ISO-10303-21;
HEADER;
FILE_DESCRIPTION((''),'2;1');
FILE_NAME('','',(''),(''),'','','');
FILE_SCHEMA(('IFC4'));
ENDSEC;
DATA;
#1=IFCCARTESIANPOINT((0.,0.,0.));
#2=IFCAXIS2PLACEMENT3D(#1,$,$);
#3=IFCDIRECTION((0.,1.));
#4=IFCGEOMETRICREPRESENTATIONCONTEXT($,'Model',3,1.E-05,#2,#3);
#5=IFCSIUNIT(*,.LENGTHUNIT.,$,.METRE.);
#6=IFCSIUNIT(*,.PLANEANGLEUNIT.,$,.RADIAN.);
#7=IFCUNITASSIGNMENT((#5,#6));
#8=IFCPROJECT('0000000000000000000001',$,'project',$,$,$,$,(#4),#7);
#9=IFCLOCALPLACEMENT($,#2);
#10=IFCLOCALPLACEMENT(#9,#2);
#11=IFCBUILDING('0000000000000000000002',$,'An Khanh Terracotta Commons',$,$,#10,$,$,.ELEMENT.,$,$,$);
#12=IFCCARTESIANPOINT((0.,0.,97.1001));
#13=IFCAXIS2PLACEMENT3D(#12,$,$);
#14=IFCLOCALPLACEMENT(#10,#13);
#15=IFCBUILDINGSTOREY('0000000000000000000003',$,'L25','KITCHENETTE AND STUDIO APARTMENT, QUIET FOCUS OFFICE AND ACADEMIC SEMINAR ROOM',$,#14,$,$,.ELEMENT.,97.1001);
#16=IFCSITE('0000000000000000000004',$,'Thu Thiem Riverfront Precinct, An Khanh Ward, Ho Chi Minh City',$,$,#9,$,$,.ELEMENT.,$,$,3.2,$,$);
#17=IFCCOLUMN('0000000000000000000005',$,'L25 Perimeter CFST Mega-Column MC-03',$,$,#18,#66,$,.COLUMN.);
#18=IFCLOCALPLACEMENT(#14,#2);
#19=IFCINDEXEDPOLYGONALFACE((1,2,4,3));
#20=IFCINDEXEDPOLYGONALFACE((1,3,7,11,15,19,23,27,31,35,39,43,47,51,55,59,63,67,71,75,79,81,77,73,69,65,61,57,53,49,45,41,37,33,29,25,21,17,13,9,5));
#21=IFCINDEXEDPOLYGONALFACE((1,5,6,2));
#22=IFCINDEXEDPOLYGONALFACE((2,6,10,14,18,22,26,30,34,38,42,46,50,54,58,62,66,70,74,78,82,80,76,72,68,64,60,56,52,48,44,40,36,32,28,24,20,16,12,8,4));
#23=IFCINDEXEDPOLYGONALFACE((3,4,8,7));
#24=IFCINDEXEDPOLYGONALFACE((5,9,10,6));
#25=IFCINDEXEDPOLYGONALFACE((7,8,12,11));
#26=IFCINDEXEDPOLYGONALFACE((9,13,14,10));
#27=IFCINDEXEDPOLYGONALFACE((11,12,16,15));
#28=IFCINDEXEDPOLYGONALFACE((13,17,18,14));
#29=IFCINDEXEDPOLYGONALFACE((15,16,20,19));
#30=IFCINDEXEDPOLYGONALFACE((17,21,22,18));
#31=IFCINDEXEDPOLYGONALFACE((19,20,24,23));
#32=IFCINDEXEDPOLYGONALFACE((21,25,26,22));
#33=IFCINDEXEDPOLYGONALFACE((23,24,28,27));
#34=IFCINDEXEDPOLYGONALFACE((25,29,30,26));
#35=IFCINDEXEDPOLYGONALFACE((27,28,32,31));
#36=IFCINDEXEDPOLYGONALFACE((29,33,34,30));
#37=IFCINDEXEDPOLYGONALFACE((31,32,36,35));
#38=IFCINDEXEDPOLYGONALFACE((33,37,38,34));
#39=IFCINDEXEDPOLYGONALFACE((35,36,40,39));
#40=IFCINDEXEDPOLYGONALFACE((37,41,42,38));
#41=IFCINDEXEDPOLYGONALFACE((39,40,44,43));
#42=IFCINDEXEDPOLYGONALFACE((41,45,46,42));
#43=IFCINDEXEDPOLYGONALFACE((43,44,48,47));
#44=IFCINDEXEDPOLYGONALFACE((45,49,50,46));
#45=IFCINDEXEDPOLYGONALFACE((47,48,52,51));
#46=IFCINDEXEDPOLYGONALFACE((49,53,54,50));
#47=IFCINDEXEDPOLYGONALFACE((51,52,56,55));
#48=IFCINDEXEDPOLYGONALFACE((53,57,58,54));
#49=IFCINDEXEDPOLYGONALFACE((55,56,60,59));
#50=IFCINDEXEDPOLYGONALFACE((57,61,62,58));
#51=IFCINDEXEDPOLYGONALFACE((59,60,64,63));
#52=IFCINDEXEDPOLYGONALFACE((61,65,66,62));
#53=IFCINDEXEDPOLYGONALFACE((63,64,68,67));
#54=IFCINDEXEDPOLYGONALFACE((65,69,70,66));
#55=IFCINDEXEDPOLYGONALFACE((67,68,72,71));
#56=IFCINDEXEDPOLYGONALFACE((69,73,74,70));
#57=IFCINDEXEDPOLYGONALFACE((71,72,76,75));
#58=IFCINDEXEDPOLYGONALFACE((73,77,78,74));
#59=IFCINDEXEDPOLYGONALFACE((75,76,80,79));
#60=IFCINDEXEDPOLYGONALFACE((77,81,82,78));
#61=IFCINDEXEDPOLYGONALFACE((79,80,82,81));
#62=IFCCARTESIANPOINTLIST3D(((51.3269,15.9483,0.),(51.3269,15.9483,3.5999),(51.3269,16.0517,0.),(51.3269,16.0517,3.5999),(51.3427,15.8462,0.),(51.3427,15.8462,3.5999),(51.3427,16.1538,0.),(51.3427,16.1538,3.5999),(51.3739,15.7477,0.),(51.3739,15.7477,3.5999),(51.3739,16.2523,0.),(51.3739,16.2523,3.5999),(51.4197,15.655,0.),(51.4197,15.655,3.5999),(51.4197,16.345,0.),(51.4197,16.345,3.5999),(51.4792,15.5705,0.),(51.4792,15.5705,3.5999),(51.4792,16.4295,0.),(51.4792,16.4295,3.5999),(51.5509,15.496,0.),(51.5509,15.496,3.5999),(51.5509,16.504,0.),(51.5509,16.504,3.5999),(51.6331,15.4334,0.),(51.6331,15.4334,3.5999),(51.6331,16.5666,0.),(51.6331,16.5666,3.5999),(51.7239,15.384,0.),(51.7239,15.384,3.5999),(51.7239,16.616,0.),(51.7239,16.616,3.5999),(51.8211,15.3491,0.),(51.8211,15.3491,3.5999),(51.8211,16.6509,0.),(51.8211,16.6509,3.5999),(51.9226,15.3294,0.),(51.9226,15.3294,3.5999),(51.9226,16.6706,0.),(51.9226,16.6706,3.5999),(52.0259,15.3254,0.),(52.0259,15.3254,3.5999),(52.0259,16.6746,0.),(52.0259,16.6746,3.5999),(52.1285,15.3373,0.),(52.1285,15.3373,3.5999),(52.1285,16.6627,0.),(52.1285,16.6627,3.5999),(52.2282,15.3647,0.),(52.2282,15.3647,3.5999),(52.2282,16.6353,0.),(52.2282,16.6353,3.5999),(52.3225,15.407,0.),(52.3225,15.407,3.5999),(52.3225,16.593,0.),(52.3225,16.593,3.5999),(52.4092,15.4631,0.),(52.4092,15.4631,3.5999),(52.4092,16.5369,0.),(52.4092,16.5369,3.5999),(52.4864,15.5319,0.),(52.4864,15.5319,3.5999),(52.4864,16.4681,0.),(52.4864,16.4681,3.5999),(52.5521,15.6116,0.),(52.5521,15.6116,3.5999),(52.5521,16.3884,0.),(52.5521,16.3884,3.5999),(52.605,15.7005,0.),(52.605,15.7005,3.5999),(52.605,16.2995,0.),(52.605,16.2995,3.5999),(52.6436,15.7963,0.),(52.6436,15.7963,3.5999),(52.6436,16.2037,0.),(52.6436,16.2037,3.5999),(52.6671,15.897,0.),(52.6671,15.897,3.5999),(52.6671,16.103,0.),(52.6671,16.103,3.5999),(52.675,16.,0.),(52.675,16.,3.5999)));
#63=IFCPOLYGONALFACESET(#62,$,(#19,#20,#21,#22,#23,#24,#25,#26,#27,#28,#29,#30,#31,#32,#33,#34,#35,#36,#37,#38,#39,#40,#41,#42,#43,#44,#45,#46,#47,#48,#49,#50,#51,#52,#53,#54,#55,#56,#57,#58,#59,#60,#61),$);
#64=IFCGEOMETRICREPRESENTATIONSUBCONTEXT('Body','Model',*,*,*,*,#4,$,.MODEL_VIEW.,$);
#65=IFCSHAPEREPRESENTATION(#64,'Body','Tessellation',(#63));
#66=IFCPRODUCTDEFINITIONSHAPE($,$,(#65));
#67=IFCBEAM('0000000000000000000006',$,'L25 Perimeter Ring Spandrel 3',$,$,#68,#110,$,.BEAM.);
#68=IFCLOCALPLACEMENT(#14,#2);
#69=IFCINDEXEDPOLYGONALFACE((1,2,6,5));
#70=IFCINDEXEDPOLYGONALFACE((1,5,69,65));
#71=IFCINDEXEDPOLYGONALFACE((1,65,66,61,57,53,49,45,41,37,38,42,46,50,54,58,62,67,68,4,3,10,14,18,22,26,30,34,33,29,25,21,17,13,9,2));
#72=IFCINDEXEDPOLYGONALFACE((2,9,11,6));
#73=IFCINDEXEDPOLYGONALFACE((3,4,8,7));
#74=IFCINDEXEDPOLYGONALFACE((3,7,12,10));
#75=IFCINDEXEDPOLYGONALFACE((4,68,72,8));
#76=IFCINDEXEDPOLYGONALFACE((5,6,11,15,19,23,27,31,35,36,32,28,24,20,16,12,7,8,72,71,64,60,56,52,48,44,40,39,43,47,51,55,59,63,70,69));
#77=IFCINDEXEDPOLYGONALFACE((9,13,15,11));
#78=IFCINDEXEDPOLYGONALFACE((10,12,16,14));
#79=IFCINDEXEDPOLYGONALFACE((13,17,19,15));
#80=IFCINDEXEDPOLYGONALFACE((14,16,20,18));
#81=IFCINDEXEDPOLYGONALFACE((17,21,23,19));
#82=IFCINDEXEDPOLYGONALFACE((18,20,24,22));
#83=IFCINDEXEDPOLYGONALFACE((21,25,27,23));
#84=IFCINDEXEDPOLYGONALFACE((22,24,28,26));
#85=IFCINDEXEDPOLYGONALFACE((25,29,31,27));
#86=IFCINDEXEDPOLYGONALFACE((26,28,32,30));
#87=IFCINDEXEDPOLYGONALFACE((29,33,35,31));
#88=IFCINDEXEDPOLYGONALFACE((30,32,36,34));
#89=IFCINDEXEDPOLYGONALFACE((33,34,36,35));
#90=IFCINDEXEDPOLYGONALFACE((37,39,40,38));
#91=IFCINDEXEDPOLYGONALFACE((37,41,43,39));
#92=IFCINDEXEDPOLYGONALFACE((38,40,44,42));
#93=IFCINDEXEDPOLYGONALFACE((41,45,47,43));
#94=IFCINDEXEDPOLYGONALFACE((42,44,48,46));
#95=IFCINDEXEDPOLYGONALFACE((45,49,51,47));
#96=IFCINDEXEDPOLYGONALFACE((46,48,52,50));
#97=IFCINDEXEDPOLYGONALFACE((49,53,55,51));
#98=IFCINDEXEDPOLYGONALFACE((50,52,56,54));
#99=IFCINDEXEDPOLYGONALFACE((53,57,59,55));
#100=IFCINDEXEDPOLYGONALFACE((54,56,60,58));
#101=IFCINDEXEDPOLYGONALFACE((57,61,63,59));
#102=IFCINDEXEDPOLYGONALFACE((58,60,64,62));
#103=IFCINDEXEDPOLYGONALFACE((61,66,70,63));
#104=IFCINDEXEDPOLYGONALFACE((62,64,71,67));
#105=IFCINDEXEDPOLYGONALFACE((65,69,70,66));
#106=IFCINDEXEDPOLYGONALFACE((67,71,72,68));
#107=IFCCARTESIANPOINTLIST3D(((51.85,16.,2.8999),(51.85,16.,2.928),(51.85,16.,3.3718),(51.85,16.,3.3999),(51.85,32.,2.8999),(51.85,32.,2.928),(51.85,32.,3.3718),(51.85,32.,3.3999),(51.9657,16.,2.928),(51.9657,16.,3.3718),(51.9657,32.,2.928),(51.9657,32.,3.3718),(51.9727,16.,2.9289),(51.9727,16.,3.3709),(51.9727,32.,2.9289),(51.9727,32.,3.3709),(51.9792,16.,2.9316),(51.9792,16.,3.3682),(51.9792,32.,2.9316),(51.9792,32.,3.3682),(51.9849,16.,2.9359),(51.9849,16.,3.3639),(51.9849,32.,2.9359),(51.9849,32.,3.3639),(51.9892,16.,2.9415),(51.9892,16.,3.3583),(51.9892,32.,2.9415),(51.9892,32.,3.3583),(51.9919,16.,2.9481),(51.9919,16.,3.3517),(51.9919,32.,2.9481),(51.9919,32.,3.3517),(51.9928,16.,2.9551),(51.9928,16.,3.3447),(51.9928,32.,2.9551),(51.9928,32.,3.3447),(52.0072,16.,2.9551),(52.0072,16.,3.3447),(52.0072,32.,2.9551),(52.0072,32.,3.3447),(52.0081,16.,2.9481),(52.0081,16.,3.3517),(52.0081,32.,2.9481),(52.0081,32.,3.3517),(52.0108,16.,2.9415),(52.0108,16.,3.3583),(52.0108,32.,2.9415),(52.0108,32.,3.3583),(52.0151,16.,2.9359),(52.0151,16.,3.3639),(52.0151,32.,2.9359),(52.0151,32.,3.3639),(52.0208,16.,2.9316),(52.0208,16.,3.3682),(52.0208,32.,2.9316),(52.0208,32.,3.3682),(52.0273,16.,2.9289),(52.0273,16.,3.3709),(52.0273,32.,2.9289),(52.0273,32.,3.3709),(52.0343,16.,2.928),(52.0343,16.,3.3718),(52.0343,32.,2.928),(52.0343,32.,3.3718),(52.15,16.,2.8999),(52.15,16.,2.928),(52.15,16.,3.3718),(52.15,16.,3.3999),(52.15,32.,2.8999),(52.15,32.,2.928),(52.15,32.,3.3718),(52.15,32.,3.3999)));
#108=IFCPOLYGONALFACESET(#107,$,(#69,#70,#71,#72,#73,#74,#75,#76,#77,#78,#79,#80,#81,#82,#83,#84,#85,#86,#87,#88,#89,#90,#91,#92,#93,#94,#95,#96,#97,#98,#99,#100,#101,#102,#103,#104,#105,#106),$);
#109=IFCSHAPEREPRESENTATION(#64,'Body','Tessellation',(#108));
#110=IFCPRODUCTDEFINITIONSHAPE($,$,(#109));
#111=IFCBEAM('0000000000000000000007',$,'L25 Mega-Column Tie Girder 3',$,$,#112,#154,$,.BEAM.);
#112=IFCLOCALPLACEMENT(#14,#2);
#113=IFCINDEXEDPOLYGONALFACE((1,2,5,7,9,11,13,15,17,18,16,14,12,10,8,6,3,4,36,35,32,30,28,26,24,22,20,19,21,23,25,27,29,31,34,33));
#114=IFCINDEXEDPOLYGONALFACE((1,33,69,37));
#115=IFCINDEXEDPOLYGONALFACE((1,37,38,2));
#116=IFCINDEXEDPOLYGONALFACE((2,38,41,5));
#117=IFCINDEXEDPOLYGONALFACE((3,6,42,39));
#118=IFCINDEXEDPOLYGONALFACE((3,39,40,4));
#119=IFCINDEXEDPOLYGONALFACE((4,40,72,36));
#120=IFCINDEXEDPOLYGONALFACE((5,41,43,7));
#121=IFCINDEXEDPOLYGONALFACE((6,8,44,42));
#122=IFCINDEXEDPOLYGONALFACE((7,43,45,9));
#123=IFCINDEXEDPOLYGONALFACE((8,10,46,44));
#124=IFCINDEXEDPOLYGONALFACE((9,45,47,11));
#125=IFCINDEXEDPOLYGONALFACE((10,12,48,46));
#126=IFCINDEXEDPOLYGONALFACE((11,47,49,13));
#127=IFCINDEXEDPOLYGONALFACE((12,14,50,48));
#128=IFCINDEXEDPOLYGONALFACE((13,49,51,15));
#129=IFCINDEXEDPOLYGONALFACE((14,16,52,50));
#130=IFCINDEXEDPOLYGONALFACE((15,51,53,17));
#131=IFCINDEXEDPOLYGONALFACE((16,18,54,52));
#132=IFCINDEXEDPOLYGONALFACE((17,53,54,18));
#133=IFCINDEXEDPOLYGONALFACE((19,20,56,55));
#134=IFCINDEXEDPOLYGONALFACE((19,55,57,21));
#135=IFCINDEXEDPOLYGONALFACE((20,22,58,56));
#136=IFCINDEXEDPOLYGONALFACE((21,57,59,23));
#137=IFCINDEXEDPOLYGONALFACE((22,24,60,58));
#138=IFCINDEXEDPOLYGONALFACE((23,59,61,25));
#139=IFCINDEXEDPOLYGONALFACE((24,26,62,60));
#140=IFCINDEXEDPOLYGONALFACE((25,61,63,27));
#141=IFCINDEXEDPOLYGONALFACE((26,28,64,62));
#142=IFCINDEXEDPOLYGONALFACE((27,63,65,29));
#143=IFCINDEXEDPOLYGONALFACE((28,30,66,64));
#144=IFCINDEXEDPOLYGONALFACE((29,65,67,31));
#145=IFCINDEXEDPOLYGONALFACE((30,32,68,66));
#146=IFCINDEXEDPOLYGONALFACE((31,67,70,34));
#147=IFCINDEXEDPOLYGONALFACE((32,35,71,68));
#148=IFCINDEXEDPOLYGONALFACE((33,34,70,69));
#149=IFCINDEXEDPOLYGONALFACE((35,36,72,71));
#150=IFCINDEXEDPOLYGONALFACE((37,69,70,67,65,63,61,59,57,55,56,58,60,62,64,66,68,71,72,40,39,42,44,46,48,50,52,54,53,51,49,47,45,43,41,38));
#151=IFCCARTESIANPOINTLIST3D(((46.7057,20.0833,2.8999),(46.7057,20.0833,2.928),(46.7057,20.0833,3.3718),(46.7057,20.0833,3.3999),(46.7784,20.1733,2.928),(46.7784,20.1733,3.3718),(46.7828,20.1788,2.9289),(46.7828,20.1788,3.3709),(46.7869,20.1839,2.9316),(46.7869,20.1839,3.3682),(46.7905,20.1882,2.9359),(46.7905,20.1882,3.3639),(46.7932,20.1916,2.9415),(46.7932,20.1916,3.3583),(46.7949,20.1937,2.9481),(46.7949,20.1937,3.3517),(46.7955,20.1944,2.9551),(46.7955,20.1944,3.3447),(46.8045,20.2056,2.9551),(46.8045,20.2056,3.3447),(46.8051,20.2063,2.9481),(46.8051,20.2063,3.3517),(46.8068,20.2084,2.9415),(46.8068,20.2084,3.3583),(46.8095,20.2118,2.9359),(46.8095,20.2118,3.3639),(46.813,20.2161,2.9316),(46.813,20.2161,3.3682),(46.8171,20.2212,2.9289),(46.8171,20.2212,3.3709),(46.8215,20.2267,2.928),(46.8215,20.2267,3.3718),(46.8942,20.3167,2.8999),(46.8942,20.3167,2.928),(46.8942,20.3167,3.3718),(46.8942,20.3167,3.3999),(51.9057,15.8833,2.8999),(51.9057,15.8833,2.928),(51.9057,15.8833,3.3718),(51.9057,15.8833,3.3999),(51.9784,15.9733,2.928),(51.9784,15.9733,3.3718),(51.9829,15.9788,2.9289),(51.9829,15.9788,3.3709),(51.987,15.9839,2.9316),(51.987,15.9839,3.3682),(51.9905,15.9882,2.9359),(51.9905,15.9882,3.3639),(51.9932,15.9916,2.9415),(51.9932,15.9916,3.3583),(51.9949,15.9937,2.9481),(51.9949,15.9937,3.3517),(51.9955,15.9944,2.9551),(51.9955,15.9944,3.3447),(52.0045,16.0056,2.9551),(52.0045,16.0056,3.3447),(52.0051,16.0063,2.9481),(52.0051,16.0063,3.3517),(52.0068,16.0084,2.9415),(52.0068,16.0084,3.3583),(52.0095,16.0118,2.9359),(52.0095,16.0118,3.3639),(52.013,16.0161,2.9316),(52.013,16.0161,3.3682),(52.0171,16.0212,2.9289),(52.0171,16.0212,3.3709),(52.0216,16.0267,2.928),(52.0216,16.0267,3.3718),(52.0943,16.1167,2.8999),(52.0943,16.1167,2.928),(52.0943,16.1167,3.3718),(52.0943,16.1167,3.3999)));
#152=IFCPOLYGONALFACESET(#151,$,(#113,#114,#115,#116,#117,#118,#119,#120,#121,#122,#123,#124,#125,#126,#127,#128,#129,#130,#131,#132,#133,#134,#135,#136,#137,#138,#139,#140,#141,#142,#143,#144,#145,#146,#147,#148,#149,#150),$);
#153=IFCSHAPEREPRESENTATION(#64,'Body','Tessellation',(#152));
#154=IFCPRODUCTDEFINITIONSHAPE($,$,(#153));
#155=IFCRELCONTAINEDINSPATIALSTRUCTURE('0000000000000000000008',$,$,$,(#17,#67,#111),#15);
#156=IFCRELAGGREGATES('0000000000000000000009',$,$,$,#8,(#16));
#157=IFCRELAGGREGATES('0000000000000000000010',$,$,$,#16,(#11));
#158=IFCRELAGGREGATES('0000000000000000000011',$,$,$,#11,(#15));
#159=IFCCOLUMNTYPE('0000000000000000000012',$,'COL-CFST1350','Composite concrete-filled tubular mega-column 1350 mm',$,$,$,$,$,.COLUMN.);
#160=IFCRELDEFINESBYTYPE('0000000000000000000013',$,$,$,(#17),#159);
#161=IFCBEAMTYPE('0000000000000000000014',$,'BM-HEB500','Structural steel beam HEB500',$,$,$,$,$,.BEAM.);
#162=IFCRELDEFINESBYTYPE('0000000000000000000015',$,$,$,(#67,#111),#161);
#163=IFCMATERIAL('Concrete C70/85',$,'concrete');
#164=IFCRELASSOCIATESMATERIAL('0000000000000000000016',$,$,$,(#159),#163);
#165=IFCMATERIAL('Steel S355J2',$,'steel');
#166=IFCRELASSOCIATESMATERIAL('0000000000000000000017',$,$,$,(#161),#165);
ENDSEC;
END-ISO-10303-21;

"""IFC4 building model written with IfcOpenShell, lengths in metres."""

from ifc_helpers import new_model, si_unit, direction, frame, origin, origin_2d, place, context, subcontext, project, spatial, circle, i_section, extrude, material, material_profile, profile_set, type_object, element, save


model = new_model("IFC4")

# Units and contexts
model_context = context("Model", 3, precision=1e-05, world=origin(), true_north=direction((0.0, 1.0)))
body_context = subcontext(model_context, "Body", "Model", "MODEL_VIEW")
ifc_project = project(units=[si_unit("LENGTHUNIT", "METRE"), si_unit("PLANEANGLEUNIT", "RADIAN")], contexts=[model_context])

# Site, building, storey
site_placement = place(None, origin())
site = spatial("IfcSite", under=ifc_project, at=site_placement, Name="Thu Thiem Riverfront Precinct, An Khanh Ward, Ho Chi Minh City", CompositionType="ELEMENT", RefElevation=3.2)
building_placement = place(site_placement, origin())
building = spatial("IfcBuilding", under=site, at=building_placement, Name="An Khanh Terracotta Commons", CompositionType="ELEMENT")
storey_placement = place(building_placement, frame((0.0, 0.0, 97.1001)))
storey = spatial("IfcBuildingStorey", under=building, at=storey_placement, Name="L25", Description="KITCHENETTE AND STUDIO APARTMENT, QUIET FOCUS OFFICE AND ACADEMIC SEMINAR ROOM", CompositionType="ELEMENT", Elevation=97.1001)

# Column
ifc_material_1 = material(Name="Concrete C70/85", Category="concrete")
ifc_material_profile_1 = material_profile(ifc_material_1, circle(Radius=0.675, at=origin_2d()), Name="CFST1350")
ifc_profile_set_1 = profile_set([ifc_material_profile_1], Name="Concrete C70/85")
column_type = type_object("IfcColumnType", Name="COL-CFST1350", Description="Composite concrete-filled tubular mega-column 1350 mm", PredefinedType="COLUMN", material=ifc_profile_set_1)
column_placement = place(storey_placement, frame((52.0, 16.0, 0.0), z_axis=(0.0, 0.0, 1.0), x_axis=(1.0, 0.0, 0.0)))
element("IfcColumn", 1, at=column_placement, inside=storey, type_object=column_type, Name="L25 Perimeter CFST Mega-Column MC-03", PredefinedType="COLUMN", context=body_context, shape_type="SweptSolid", body=[
    extrude(circle(Radius=0.675, at=origin_2d()), origin(), (0.0, 0.0, 1.0), 3.5999),
])

# Beams
ifc_material_2 = material(Name="Steel S355J2", Category="steel")
ifc_material_profile_2 = material_profile(ifc_material_2, i_section(OverallWidth=0.3, OverallDepth=0.5, WebThickness=0.0144, FlangeThickness=0.0281, FilletRadius=0.0271, at=origin_2d()), Name="HEB500")
ifc_profile_set_2 = profile_set([ifc_material_profile_2], Name="Steel S355J2")
beam_type = type_object("IfcBeamType", Name="BM-HEB500", Description="Structural steel beam HEB500", PredefinedType="BEAM", material=ifc_profile_set_2)
beam_1_placement = place(storey_placement, frame((52.0, 16.0, 3.1499), z_axis=(0.0, 1.0, 0.0), x_axis=(-1.0, 0.0, 0.0)))
element("IfcBeam", 2, at=beam_1_placement, inside=storey, type_object=beam_type, Name="L25 Perimeter Ring Spandrel 3", PredefinedType="BEAM", context=body_context, shape_type="SweptSolid", body=[
    extrude(i_section(OverallWidth=0.3, OverallDepth=0.5, WebThickness=0.0144, FlangeThickness=0.0281, FilletRadius=0.0271, at=origin_2d()), origin(), (0.0, 0.0, 1.0), 16.0),
])
beam_2_placement = place(storey_placement, frame((52.0, 16.0, 3.1499), z_axis=(-0.777942, 0.628336, 0.0), x_axis=(-0.628336, -0.777942, 0.0)))
element("IfcBeam", 3, at=beam_2_placement, inside=storey, type_object=beam_type, Name="L25 Mega-Column Tie Girder 3", PredefinedType="BEAM", context=body_context, shape_type="SweptSolid", body=[
    extrude(i_section(OverallWidth=0.3, OverallDepth=0.5, WebThickness=0.0144, FlangeThickness=0.0281, FilletRadius=0.0271, at=origin_2d()), origin(), (0.0, 0.0, 1.0), 6.6843),
])

save(model, "model.ifc")
